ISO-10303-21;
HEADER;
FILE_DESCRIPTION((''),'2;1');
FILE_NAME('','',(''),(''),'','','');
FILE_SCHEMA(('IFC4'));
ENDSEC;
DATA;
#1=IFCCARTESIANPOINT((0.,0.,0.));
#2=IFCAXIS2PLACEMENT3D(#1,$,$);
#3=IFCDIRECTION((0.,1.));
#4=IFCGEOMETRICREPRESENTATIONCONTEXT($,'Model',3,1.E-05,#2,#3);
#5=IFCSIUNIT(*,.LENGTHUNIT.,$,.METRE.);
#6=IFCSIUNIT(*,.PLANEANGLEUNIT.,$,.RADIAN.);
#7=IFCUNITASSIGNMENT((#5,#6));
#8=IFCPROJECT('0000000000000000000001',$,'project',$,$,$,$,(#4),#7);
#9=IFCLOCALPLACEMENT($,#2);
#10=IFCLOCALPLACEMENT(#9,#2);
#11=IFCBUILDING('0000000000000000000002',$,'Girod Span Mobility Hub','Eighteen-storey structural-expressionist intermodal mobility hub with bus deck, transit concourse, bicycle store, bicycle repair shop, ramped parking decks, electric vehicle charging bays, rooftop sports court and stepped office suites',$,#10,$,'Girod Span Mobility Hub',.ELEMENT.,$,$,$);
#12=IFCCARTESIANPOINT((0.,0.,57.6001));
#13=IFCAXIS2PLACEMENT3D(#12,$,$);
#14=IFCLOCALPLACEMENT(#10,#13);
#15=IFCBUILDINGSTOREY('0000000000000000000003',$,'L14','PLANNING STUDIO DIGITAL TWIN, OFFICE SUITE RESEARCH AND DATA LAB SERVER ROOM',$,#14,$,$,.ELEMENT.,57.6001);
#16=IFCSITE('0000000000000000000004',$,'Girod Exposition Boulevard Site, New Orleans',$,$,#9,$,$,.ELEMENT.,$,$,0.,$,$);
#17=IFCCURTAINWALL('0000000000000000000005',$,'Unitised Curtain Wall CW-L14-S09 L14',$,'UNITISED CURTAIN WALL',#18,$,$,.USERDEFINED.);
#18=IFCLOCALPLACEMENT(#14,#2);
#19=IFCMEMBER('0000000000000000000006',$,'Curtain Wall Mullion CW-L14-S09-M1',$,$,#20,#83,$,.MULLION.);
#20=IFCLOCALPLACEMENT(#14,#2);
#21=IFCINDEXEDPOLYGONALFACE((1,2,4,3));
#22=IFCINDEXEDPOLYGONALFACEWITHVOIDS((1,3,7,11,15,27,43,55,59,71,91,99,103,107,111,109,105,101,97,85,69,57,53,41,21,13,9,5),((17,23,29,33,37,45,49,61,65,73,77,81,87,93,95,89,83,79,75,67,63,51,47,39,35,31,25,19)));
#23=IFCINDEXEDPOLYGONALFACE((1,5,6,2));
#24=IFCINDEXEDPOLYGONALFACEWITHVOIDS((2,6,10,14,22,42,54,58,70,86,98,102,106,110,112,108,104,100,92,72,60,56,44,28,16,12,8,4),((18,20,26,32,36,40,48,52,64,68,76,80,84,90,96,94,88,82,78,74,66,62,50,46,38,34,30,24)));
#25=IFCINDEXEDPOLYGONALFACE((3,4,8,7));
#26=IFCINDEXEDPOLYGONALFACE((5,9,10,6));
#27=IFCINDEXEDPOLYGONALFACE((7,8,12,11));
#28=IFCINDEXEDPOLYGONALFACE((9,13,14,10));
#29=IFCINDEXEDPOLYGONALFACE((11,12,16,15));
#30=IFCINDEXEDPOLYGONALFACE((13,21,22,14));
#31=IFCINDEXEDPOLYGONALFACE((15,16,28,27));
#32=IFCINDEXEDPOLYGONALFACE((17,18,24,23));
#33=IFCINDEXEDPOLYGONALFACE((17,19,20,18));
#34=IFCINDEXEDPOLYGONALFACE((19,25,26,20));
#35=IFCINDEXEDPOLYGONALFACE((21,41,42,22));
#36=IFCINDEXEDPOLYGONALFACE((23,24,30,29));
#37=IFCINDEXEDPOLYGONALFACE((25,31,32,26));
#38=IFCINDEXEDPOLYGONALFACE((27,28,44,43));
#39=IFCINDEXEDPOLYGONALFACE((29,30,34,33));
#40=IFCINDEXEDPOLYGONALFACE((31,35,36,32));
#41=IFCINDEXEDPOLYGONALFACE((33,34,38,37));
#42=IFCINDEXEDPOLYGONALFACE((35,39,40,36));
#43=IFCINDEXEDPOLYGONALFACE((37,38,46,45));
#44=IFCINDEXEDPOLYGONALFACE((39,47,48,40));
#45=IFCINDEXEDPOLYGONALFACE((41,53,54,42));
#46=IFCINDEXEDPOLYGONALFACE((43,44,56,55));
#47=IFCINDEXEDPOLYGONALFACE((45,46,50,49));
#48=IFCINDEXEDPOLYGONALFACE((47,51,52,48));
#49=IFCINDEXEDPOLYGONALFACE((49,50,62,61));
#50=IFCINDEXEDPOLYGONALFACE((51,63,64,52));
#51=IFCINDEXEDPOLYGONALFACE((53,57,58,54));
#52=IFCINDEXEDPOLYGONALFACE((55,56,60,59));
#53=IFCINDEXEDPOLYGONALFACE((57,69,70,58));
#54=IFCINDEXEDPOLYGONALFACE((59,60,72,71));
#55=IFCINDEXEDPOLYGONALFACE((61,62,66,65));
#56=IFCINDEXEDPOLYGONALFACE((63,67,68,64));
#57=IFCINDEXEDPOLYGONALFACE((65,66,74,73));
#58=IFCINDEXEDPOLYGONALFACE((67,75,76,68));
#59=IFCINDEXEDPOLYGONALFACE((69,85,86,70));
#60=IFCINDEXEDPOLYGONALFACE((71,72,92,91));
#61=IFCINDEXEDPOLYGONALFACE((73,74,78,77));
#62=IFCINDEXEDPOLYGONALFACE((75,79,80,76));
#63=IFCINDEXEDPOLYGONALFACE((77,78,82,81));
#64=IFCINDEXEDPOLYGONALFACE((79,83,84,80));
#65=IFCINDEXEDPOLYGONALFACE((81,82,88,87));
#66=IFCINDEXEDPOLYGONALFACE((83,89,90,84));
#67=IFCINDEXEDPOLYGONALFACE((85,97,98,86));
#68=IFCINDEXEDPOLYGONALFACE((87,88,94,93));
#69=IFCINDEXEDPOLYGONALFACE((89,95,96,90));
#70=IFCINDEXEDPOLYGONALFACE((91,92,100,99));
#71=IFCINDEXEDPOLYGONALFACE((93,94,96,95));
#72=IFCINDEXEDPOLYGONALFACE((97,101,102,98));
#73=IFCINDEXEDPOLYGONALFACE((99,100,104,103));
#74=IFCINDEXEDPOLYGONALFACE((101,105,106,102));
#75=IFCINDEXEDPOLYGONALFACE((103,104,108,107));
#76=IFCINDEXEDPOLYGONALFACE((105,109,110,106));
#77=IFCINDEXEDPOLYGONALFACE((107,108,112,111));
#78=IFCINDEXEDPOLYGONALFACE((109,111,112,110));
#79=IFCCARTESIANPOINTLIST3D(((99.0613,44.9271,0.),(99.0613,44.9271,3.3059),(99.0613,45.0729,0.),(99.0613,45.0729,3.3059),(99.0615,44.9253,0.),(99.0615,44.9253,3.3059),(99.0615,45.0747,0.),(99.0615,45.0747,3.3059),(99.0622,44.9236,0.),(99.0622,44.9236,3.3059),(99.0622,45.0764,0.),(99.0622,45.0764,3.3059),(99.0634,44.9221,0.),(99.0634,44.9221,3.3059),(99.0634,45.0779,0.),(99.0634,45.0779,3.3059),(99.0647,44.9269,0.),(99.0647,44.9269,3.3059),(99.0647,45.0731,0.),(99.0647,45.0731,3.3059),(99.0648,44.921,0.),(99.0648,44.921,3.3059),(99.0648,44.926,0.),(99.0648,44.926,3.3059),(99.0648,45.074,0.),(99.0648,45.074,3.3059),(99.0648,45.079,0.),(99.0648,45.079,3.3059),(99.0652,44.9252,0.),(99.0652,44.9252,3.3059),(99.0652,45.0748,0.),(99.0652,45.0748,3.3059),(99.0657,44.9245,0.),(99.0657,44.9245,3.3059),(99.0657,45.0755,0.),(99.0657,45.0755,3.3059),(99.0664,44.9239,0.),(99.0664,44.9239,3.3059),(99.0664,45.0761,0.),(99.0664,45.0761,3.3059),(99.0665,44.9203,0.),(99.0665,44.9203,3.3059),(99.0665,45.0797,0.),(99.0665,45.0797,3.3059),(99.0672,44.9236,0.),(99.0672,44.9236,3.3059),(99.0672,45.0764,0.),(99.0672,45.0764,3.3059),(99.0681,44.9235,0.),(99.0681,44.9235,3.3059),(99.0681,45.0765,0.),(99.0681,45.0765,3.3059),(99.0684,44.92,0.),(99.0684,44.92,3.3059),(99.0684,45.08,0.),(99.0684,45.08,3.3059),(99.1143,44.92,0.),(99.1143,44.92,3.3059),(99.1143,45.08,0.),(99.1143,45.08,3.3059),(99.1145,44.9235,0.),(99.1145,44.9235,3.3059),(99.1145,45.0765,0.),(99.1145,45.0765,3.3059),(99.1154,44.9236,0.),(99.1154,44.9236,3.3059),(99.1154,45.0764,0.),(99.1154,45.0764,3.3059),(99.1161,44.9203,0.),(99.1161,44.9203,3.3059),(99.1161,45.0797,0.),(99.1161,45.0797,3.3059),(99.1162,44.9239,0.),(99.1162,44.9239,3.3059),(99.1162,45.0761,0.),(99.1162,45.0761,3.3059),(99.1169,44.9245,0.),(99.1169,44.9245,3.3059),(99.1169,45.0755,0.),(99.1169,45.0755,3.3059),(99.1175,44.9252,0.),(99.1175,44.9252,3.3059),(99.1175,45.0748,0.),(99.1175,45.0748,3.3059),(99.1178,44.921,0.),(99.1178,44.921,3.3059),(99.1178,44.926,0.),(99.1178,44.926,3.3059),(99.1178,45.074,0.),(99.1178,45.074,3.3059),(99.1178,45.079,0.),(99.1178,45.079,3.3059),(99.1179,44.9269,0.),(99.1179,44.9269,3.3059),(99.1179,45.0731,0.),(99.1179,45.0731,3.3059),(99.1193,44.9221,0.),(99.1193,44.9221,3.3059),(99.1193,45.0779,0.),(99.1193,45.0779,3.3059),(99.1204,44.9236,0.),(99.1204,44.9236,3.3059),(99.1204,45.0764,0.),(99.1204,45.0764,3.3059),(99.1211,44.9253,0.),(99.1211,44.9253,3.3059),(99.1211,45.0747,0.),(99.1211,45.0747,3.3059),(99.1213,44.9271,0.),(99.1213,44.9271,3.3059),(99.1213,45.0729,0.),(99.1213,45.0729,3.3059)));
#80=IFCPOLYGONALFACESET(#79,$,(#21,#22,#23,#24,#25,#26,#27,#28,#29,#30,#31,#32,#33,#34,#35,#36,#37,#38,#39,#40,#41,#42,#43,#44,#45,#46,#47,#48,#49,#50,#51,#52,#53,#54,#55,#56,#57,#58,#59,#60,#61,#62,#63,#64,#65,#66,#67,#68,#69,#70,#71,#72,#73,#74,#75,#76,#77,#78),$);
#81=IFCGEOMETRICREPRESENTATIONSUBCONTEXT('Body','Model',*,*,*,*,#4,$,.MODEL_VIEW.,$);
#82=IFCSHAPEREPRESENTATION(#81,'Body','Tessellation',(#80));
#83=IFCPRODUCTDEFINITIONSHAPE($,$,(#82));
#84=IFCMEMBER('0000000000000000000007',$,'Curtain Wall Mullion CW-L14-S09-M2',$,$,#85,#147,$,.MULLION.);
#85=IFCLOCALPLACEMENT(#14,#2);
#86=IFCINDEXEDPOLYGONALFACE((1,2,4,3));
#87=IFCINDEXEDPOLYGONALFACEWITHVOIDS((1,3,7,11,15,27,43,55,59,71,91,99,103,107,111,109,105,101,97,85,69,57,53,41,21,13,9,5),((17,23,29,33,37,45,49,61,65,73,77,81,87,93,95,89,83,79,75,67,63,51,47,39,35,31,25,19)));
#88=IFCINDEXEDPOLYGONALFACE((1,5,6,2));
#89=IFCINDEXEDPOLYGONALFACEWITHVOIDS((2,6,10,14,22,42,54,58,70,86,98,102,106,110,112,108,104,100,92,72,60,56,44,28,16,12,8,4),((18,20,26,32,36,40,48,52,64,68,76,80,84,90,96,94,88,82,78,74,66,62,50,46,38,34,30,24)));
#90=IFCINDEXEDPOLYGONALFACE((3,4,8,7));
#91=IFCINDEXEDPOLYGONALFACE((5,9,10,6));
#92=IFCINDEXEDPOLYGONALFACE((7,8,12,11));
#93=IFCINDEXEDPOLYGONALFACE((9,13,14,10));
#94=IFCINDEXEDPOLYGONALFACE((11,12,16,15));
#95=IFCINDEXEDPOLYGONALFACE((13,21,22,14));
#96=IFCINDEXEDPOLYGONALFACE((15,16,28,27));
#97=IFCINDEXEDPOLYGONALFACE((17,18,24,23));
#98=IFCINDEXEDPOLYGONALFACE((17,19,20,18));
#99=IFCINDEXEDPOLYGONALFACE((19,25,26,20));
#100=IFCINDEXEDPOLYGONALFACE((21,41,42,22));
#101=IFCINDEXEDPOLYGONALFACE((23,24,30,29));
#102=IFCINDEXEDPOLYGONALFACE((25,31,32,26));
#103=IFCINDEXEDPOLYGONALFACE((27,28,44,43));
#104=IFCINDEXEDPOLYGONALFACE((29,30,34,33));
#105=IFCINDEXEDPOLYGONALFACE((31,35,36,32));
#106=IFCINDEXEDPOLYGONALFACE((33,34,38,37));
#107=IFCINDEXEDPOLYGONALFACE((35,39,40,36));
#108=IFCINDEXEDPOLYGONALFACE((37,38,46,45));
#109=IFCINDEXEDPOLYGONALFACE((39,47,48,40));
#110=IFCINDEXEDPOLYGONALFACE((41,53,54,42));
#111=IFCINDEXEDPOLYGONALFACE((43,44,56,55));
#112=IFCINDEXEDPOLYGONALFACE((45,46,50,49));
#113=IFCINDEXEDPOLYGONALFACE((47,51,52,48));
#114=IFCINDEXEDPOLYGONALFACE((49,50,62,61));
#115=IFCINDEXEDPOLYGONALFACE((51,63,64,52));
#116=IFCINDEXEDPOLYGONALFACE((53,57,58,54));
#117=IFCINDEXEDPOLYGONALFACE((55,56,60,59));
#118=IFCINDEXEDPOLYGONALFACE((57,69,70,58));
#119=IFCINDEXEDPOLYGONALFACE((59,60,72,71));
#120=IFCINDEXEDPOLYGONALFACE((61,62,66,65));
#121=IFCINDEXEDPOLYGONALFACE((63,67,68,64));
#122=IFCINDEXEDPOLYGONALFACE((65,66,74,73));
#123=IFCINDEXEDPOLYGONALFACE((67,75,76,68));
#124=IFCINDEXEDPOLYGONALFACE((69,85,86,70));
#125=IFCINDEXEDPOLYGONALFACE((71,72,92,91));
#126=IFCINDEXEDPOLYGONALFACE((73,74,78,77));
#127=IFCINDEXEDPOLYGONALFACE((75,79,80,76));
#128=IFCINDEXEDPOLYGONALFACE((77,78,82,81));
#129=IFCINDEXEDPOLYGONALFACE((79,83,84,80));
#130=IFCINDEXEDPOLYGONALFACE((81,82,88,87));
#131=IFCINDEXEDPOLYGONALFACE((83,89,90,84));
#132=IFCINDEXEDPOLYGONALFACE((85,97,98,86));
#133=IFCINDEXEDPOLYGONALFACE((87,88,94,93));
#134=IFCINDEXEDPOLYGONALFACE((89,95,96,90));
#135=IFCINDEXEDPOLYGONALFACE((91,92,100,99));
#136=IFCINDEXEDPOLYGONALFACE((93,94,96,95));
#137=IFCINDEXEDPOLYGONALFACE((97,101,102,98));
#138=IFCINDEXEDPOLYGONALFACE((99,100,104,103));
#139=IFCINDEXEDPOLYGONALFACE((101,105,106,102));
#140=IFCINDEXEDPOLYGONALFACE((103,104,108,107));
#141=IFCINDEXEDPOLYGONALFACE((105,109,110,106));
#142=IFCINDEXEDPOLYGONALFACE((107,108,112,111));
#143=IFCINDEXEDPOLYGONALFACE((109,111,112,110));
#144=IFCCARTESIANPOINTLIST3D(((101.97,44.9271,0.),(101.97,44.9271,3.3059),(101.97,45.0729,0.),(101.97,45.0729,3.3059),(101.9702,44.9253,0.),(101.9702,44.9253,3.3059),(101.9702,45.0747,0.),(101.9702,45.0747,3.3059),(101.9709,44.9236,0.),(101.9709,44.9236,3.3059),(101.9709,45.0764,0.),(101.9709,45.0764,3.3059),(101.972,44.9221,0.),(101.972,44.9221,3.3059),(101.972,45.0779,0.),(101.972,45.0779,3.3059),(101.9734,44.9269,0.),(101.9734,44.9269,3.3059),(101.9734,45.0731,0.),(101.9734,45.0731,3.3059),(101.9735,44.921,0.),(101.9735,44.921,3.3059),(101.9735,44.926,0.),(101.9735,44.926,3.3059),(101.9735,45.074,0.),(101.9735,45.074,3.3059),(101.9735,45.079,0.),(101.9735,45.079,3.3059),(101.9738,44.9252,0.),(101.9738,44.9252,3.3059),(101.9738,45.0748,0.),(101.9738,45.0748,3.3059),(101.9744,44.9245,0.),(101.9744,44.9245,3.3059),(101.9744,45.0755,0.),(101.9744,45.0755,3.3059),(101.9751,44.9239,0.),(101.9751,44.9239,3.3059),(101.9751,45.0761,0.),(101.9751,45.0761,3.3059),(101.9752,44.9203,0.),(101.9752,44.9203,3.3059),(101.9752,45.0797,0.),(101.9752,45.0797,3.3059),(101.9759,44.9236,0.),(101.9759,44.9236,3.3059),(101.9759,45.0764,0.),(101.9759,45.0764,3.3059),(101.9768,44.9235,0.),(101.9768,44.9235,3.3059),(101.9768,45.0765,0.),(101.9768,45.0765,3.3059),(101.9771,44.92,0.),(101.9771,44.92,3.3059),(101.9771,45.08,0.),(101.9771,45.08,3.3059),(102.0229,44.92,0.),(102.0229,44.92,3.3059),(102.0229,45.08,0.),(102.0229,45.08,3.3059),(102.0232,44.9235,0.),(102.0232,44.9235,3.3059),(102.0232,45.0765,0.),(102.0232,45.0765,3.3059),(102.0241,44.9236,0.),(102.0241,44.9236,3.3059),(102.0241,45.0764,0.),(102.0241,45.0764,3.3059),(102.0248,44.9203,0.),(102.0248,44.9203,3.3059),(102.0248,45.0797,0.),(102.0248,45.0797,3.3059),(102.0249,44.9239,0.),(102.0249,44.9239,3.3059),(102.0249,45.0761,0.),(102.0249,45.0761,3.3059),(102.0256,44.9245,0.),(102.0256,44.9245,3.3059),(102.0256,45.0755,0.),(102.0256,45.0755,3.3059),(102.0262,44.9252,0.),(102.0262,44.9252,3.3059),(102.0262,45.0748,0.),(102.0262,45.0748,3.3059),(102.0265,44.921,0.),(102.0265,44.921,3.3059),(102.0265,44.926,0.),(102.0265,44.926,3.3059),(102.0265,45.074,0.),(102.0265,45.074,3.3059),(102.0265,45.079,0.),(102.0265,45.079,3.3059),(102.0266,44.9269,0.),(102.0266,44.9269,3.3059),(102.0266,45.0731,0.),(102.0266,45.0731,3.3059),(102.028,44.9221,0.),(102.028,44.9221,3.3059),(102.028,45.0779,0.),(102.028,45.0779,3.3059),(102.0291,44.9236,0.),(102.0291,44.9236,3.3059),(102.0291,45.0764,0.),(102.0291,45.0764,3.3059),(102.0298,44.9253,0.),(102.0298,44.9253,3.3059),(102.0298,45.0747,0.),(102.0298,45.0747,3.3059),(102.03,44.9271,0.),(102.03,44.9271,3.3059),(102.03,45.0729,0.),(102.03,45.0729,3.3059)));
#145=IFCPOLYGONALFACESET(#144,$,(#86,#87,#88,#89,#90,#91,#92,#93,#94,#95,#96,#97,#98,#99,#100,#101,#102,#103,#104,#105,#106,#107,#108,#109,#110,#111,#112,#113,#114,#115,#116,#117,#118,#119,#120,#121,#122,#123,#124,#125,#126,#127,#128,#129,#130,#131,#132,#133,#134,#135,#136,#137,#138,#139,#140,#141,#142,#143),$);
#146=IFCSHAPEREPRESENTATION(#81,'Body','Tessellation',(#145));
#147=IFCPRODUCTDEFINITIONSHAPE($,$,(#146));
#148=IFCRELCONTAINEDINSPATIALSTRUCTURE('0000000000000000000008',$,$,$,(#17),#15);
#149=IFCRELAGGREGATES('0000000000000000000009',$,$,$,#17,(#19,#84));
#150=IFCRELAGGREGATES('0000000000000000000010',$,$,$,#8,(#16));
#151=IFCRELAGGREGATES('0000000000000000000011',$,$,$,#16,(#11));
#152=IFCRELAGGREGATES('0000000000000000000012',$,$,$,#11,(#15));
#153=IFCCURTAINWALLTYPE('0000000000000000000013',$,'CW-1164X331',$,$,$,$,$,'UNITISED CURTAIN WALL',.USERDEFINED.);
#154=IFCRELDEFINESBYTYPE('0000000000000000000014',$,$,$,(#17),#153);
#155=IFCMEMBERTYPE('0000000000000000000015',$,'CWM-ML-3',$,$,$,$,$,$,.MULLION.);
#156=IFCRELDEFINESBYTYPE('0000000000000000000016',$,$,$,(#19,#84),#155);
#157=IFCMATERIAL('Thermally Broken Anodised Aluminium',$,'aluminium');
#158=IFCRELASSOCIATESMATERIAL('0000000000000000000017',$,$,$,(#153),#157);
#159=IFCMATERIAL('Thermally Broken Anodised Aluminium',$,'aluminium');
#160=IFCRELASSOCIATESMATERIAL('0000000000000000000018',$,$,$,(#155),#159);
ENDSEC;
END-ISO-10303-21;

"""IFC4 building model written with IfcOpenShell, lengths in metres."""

from ifc_helpers import new_model, si_unit, direction, frame, origin, origin_2d, place, context, subcontext, project, spatial, hollow_rectangle, extrude, material, material_profile, profile_set, type_object, element, aggregate, save


model = new_model("IFC4")

# Units and contexts
model_context = context("Model", 3, precision=1e-05, world=origin(), true_north=direction((0.0, 1.0)))
body_context = subcontext(model_context, "Body", "Model", "MODEL_VIEW")
ifc_project = project(units=[si_unit("LENGTHUNIT", "METRE"), si_unit("PLANEANGLEUNIT", "RADIAN")], contexts=[model_context])

# Site, building, storey
site_placement = place(None, origin())
site = spatial("IfcSite", under=ifc_project, at=site_placement, Name="Girod Exposition Boulevard Site, New Orleans", CompositionType="ELEMENT", RefElevation=0.0)
building_placement = place(site_placement, origin())
building = spatial("IfcBuilding", under=site, at=building_placement, Name="Girod Span Mobility Hub", Description="Eighteen-storey structural-expressionist intermodal mobility hub with bus deck, transit concourse, bicycle store, bicycle repair shop, ramped parking decks, electric vehicle charging bays, rooftop sports court and stepped office suites", LongName="Girod Span Mobility Hub", CompositionType="ELEMENT")
storey_placement = place(building_placement, frame((0.0, 0.0, 57.6001)))
storey = spatial("IfcBuildingStorey", under=building, at=storey_placement, Name="L14", Description="PLANNING STUDIO DIGITAL TWIN, OFFICE SUITE RESEARCH AND DATA LAB SERVER ROOM", CompositionType="ELEMENT", Elevation=57.6001)

# Shared definitions
ifc_material_1 = material(Name="Thermally Broken Anodised Aluminium", Category="aluminium")
curtain_wall_type = type_object("IfcCurtainWallType", Name="CW-1164X331", ElementType="UNITISED CURTAIN WALL", PredefinedType="USERDEFINED", material=ifc_material_1)
ifc_material_2 = material(Name="Thermally Broken Anodised Aluminium", Category="aluminium")
ifc_material_profile_1 = material_profile(ifc_material_2, hollow_rectangle(XDim=0.1599, YDim=0.0601, WallThickness=0.0034, InnerFilletRadius=0.0034, OuterFilletRadius=0.0071, at=origin_2d()), Name="CW-ML-60X160")
ifc_profile_set_1 = profile_set([ifc_material_profile_1], Name="Thermally Broken Anodised Aluminium")
member_type_1 = type_object("IfcMemberType", Name="CWM-ML-3", PredefinedType="MULLION", material=ifc_profile_set_1)

# Curtain wall, members
curtain_wall_1_placement = place(storey_placement, origin())
curtain_wall_1 = element("IfcCurtainWall", 1, at=curtain_wall_1_placement, inside=storey, type_object=curtain_wall_type, Name="Unitised Curtain Wall CW-L14-S09 L14", ObjectType="UNITISED CURTAIN WALL", PredefinedType="USERDEFINED")
member_1_placement = place(storey_placement, frame((99.0913, 45.0, 0.0), z_axis=(0.0, 0.0, 1.0), x_axis=(0.0, 1.0, 0.0)))
member_1 = element("IfcMember", 2, at=member_1_placement, type_object=member_type_1, Name="Curtain Wall Mullion CW-L14-S09-M1", PredefinedType="MULLION", context=body_context, shape_type="SweptSolid", body=[
    extrude(hollow_rectangle(XDim=0.1599, YDim=0.0601, WallThickness=0.0034, InnerFilletRadius=0.0034, OuterFilletRadius=0.0071, at=origin_2d()), origin(), (0.0, 0.0, 1.0), 3.3059),
])
member_2_placement = place(storey_placement, frame((102.0, 45.0, 0.0), z_axis=(0.0, 0.0, 1.0), x_axis=(0.0, 1.0, 0.0)))
member_2 = element("IfcMember", 3, at=member_2_placement, type_object=member_type_1, Name="Curtain Wall Mullion CW-L14-S09-M2", PredefinedType="MULLION", context=body_context, shape_type="SweptSolid", body=[
    extrude(hollow_rectangle(XDim=0.1599, YDim=0.0601, WallThickness=0.0034, InnerFilletRadius=0.0034, OuterFilletRadius=0.0071, at=origin_2d()), origin(), (0.0, 0.0, 1.0), 3.3059),
])

aggregate(curtain_wall_1, [member_1, member_2])

save(model, "model.ifc")
